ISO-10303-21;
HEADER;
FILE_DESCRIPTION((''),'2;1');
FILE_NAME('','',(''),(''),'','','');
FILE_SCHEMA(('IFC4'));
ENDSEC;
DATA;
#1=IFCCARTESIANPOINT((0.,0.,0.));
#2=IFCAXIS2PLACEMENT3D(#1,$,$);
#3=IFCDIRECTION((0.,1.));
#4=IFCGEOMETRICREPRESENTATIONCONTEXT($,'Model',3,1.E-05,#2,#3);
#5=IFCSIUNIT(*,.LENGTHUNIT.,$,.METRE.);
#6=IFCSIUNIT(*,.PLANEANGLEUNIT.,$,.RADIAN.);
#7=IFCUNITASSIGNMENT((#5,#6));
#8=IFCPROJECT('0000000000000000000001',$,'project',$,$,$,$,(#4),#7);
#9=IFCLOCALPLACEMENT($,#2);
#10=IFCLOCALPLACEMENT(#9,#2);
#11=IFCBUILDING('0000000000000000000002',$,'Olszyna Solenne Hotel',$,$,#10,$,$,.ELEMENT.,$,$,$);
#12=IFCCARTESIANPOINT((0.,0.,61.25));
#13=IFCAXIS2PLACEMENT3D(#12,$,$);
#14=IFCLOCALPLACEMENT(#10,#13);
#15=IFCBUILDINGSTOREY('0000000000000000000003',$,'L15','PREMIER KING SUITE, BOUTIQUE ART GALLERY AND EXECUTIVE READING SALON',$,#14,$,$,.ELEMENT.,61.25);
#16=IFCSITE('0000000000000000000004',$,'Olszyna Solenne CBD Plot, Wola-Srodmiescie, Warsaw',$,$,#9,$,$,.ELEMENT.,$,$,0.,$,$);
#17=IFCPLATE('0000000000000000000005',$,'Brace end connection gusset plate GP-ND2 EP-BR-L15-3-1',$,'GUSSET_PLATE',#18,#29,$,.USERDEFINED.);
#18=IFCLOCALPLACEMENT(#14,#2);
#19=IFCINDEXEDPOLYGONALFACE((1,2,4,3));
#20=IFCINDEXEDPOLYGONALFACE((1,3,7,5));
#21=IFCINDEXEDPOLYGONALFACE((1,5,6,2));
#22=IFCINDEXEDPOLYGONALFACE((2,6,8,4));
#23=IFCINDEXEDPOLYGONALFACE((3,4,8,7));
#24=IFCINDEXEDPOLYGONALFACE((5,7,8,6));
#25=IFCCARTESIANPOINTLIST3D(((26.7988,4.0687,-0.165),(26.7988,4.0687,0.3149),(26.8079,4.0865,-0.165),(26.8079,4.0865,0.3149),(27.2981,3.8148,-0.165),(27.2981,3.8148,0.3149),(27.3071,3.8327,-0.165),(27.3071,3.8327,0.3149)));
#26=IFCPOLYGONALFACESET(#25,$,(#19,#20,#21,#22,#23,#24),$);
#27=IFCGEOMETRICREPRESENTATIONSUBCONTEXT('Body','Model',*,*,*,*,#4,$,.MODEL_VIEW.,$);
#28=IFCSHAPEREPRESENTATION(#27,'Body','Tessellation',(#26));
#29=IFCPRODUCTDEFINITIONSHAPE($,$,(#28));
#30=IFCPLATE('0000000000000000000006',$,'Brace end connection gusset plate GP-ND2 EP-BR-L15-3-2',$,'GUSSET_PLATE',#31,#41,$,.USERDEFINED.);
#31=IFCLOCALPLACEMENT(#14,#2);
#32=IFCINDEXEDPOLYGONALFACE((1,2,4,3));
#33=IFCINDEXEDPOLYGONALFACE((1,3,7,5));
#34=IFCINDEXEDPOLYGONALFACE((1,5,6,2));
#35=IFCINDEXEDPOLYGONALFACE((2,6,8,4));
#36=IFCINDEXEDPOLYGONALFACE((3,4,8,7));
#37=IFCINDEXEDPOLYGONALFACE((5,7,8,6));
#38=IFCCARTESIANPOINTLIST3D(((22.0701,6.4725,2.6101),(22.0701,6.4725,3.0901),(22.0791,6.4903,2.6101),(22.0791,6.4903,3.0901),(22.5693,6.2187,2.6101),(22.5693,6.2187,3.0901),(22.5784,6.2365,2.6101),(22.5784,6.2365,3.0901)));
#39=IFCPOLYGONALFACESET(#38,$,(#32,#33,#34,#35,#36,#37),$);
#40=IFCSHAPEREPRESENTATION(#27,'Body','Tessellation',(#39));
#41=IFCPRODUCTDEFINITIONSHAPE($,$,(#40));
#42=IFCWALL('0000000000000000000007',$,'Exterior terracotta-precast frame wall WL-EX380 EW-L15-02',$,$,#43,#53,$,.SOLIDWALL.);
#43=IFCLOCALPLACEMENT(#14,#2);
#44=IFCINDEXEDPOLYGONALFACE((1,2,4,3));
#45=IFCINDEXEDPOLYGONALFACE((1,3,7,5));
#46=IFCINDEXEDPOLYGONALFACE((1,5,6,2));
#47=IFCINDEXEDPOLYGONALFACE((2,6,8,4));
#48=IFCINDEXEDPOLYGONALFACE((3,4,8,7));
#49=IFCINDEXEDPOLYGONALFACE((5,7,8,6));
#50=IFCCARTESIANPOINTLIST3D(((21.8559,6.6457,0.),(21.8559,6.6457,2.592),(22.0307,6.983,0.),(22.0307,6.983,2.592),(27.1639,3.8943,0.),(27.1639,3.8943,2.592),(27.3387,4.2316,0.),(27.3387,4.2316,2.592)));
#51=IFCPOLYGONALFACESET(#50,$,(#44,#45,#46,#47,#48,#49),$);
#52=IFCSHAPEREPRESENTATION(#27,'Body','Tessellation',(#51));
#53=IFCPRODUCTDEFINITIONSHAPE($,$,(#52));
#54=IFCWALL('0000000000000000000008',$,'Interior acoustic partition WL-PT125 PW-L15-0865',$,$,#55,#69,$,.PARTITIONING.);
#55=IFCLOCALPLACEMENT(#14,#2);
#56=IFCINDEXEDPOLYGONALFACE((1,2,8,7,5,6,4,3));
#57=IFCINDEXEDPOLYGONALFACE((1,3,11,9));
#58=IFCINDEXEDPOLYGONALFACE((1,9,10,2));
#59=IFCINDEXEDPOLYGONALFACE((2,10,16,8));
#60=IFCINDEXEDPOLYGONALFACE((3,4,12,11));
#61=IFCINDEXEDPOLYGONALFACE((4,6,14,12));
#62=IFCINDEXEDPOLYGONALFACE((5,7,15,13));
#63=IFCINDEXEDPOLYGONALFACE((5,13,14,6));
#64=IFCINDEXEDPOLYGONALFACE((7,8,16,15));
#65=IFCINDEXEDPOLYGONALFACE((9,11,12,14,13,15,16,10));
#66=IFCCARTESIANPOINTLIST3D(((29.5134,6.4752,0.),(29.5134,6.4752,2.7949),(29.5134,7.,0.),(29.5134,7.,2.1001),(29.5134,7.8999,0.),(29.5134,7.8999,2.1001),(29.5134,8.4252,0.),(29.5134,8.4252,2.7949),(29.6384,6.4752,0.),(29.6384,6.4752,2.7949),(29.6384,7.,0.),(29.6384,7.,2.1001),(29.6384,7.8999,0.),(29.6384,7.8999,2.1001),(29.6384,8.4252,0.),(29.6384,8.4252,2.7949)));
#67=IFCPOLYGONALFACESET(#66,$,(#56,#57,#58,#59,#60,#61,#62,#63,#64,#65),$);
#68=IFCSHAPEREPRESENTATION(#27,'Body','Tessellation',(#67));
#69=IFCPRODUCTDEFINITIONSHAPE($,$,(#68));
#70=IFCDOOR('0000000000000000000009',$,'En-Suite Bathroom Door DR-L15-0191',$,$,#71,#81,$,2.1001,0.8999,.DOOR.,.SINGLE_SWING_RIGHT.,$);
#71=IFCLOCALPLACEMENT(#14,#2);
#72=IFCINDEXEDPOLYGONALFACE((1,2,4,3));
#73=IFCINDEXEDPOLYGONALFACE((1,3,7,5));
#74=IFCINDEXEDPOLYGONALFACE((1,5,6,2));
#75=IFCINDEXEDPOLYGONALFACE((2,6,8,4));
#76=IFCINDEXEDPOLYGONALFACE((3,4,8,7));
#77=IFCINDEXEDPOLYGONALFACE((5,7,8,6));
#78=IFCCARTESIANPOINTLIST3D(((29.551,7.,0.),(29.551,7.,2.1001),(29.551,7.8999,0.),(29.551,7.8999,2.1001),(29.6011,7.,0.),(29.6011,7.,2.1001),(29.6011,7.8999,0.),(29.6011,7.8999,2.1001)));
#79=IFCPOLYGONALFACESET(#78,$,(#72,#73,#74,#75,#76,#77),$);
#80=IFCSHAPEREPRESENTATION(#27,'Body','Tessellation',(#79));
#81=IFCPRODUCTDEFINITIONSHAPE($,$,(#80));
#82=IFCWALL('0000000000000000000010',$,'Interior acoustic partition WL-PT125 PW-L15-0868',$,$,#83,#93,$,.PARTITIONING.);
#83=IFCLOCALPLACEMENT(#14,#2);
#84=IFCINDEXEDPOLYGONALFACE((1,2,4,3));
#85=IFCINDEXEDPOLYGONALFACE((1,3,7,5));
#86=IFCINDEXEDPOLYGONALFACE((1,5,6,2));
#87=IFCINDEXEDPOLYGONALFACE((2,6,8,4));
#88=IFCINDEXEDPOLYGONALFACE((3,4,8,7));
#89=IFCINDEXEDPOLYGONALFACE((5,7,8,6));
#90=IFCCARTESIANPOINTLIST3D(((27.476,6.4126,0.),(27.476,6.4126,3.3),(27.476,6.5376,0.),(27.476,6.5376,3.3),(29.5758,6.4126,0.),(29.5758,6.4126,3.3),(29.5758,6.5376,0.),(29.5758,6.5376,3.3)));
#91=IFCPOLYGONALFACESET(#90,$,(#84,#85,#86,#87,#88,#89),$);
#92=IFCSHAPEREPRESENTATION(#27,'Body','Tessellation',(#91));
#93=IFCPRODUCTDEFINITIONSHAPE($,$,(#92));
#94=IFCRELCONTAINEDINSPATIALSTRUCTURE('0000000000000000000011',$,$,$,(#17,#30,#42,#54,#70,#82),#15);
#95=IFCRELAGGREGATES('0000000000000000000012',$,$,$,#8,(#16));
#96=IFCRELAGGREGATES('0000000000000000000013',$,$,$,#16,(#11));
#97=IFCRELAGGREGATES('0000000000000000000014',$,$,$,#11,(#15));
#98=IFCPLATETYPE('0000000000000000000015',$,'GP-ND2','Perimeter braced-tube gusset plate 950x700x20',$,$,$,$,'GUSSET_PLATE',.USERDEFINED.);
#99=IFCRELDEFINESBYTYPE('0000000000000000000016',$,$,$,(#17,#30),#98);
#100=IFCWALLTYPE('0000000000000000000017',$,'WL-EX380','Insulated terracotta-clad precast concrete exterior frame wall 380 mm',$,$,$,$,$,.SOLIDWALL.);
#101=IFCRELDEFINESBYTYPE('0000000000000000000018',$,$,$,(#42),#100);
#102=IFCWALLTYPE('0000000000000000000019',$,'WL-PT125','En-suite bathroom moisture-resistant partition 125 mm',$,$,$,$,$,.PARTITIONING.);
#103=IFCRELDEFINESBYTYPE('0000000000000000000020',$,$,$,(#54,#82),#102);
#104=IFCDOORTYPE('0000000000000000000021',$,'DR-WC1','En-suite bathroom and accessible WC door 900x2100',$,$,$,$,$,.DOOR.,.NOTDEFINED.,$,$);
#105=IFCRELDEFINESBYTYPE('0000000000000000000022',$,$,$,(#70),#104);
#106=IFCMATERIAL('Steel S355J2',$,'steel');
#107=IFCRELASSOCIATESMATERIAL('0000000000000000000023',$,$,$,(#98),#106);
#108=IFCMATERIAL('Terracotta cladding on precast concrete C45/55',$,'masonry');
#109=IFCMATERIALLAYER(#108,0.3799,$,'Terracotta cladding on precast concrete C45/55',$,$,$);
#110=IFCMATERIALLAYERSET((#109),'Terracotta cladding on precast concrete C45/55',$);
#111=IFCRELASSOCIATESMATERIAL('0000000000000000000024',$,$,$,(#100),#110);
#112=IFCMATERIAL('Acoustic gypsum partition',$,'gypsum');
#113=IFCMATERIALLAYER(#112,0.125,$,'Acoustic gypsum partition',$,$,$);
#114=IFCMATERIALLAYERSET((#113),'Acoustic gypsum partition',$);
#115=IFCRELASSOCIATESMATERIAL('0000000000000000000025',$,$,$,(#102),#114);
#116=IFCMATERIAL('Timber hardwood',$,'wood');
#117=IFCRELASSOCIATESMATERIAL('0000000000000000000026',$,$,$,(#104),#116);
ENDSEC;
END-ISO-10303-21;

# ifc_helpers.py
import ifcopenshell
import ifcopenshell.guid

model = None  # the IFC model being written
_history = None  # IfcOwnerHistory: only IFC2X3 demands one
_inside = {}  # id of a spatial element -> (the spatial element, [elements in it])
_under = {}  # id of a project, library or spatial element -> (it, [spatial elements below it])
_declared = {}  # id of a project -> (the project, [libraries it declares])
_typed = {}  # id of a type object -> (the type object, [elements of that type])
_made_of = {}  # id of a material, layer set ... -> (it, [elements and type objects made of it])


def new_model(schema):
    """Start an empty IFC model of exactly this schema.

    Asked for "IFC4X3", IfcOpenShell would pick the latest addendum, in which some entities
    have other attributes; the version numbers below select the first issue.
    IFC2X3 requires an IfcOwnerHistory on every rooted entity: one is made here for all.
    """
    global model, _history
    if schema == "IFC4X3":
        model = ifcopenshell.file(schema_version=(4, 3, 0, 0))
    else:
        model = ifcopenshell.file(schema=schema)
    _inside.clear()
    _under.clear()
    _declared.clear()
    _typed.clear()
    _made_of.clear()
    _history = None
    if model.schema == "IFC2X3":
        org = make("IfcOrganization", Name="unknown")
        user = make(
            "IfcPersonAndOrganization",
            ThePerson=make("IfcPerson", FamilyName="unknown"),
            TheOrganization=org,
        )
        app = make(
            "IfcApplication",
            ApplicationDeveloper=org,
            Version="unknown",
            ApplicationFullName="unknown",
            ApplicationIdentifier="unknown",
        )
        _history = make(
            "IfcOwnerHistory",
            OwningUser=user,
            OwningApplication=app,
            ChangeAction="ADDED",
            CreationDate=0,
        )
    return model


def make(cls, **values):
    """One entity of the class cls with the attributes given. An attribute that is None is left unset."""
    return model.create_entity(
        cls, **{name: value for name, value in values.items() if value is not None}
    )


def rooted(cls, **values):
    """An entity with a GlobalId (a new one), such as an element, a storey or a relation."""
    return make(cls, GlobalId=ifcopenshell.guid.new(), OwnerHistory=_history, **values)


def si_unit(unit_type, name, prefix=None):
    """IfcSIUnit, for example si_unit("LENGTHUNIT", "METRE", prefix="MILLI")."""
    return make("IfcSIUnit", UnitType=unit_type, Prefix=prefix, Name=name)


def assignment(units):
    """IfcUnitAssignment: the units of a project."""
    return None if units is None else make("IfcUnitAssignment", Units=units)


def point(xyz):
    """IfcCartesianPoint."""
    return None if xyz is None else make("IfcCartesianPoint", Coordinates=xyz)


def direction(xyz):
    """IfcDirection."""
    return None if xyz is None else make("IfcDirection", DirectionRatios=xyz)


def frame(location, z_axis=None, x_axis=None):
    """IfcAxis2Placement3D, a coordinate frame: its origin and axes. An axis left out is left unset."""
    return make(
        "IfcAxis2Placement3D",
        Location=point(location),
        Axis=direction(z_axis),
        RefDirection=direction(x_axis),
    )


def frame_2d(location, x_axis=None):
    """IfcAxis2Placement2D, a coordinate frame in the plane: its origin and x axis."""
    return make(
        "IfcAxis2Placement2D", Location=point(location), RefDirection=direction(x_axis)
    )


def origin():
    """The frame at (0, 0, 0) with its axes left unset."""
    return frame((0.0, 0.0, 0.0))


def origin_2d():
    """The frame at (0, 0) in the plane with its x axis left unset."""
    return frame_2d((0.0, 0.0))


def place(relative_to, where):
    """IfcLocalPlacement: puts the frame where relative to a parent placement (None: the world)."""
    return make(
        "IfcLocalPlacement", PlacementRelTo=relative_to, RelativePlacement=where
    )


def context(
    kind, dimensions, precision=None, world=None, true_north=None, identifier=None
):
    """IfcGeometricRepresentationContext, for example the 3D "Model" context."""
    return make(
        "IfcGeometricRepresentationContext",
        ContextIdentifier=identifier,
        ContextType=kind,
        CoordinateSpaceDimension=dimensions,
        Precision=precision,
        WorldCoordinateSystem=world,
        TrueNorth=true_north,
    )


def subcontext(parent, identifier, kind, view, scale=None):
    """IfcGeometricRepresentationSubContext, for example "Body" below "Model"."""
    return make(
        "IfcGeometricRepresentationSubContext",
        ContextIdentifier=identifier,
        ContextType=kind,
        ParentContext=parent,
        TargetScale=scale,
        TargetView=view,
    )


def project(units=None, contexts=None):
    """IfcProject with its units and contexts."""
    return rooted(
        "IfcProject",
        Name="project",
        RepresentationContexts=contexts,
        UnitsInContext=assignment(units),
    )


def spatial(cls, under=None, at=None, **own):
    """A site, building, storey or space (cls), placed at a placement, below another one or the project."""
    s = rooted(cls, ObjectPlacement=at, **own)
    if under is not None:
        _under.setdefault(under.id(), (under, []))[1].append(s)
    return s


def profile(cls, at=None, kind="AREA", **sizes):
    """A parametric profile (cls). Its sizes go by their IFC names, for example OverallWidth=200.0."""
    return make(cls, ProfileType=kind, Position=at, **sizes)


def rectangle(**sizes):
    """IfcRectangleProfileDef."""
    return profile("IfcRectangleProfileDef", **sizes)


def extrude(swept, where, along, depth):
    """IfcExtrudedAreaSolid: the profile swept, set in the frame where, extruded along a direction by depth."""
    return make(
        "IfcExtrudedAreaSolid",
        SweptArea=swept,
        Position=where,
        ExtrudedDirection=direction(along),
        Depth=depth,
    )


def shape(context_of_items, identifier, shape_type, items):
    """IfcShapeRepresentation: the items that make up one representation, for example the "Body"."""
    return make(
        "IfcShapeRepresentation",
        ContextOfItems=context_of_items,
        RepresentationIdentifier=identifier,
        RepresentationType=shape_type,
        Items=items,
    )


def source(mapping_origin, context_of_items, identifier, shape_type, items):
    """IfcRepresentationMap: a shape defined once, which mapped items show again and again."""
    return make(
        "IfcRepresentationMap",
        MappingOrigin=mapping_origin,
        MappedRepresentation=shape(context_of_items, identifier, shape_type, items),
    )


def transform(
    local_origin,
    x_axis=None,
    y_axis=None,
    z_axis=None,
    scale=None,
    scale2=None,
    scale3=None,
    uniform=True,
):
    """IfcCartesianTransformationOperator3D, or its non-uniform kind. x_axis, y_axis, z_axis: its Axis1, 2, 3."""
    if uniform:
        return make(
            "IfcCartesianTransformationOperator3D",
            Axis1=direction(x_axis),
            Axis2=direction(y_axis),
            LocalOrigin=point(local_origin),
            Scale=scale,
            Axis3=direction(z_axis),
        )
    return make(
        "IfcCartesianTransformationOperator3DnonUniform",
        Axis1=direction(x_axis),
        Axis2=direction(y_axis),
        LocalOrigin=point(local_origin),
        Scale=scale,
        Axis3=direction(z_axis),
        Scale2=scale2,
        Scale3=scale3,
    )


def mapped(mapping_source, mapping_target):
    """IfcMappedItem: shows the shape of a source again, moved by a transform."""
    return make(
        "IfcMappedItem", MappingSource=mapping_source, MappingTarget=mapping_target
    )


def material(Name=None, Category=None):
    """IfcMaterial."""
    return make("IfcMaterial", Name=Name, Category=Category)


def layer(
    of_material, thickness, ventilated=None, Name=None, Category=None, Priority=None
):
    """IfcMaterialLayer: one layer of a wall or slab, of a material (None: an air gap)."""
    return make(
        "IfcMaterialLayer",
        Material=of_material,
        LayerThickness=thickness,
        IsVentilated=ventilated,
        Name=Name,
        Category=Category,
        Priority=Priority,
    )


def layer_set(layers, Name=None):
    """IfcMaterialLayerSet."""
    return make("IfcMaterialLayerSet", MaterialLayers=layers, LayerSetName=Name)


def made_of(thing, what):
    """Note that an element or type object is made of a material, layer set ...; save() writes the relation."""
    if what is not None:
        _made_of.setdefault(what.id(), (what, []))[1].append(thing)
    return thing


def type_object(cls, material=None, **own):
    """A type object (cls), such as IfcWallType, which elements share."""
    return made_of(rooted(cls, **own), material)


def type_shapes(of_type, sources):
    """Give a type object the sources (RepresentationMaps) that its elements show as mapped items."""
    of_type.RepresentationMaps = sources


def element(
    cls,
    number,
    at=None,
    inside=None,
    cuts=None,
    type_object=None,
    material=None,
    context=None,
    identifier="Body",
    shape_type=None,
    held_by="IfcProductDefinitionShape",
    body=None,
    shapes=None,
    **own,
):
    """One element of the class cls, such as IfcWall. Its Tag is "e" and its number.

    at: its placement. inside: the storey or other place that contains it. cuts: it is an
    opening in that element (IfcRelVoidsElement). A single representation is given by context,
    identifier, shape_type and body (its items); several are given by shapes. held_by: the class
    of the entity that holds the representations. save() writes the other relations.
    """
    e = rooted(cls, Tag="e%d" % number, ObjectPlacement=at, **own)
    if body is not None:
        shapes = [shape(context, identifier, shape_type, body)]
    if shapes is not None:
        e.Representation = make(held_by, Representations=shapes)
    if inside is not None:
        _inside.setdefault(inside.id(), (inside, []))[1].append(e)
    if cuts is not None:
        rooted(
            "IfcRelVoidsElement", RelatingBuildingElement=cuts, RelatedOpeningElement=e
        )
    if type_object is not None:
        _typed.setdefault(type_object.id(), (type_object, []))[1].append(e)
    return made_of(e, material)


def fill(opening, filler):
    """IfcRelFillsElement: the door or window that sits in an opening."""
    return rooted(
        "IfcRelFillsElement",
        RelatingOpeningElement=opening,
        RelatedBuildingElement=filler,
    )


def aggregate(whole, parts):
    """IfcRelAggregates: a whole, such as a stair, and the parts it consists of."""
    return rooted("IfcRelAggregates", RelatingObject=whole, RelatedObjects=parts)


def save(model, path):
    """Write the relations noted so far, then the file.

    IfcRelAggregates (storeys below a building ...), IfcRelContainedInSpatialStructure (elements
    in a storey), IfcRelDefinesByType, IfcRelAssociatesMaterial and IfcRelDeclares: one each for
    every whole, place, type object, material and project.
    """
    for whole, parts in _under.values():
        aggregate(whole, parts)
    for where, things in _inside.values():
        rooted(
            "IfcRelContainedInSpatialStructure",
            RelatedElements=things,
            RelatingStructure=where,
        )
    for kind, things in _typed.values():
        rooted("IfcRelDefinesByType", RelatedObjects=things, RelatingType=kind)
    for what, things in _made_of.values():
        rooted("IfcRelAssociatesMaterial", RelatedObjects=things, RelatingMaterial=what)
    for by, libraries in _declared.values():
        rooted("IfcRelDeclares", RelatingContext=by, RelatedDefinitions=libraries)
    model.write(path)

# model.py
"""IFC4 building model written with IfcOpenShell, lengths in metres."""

from ifc_helpers import new_model, si_unit, direction, frame, frame_2d, origin, origin_2d, place, context, subcontext, project, spatial, rectangle, extrude, source, transform, mapped, material, layer, layer_set, type_object, type_shapes, element, fill, save


model = new_model("IFC4")

# Units and contexts
model_context = context("Model", 3, precision=1e-05, world=origin(), true_north=direction((0.0, 1.0)))
body_context = subcontext(model_context, "Body", "Model", "MODEL_VIEW")
ifc_project = project(units=[si_unit("LENGTHUNIT", "METRE"), si_unit("PLANEANGLEUNIT", "RADIAN")], contexts=[model_context])

# Site, building, storey
site_placement = place(None, origin())
site = spatial("IfcSite", under=ifc_project, at=site_placement, Name="Olszyna Solenne CBD Plot, Wola-Srodmiescie, Warsaw", CompositionType="ELEMENT", RefElevation=0.0)
building_placement = place(site_placement, origin())
building = spatial("IfcBuilding", under=site, at=building_placement, Name="Olszyna Solenne Hotel", CompositionType="ELEMENT")
storey_placement = place(building_placement, frame((0.0, 0.0, 61.25)))
storey = spatial("IfcBuildingStorey", under=building, at=storey_placement, Name="L15", Description="PREMIER KING SUITE, BOUTIQUE ART GALLERY AND EXECUTIVE READING SALON", CompositionType="ELEMENT", Elevation=61.25)

# Shared definitions
ifc_material_1 = material(Name="Steel S355J2", Category="steel")

# Plates
plate_type = type_object("IfcPlateType", Name="GP-ND2", Description="Perimeter braced-tube gusset plate 950x700x20", ElementType="GUSSET_PLATE", PredefinedType="USERDEFINED", material=ifc_material_1)
shared_shape_1 = source(origin(), body_context, "Body", "SweptSolid", [
    extrude(rectangle(XDim=0.5601, YDim=0.02, at=origin_2d()), origin(), (0.0, 0.0, 1.0), 0.48),
])
for number, where, z_axis, x_axis, name in (
    (1, (27.053, 3.9507, -0.165), (0.0, 0.0, 1.0), (-0.891402, 0.453213, 0.0), "Brace end connection gusset plate GP-ND2 EP-BR-L15-3-1"),
    (2, (22.3242, 6.3545, 2.6101), (0.0, 0.0, 1.0), (-0.891402, 0.453213, 0.0), "Brace end connection gusset plate GP-ND2 EP-BR-L15-3-2"),
):
    element("IfcPlate", number, at=place(storey_placement, frame(where, z_axis=z_axis, x_axis=x_axis)), inside=storey, type_object=plate_type, Name=name, ObjectType="GUSSET_PLATE", PredefinedType="USERDEFINED", context=body_context, shape_type="MappedRepresentation", body=[
        mapped(shared_shape_1, transform((0.0, 0.0, 0.0), x_axis=(1.0, 0.0, 0.0), y_axis=(0.0, 1.0, 0.0), z_axis=(0.0, 0.0, 1.0), scale=1.0)),
    ])

# Wall
ifc_material_2 = material(Name="Terracotta cladding on precast concrete C45/55", Category="masonry")
ifc_layer_1 = layer(ifc_material_2, 0.3799, Name="Terracotta cladding on precast concrete C45/55")
ifc_layer_set_1 = layer_set([ifc_layer_1], Name="Terracotta cladding on precast concrete C45/55")
wall_type_1 = type_object("IfcWallType", Name="WL-EX380", Description="Insulated terracotta-clad precast concrete exterior frame wall 380 mm", PredefinedType="SOLIDWALL", material=ifc_layer_set_1)
wall_1_placement = place(storey_placement, frame((27.2512, 4.063, 0.0), z_axis=(0.0, 0.0, 1.0), x_axis=(-0.887815, 0.4602, 0.0)))
element("IfcWall", 3, at=wall_1_placement, inside=storey, type_object=wall_type_1, Name="Exterior terracotta-precast frame wall WL-EX380 EW-L15-02", PredefinedType="SOLIDWALL", context=body_context, shape_type="SweptSolid", body=[
    extrude(rectangle(XDim=5.9788, YDim=0.3799, at=frame_2d((2.9893, 0.0))), origin(), (0.0, 0.0, 1.0), 2.592),
])

# Wall, opening, door
ifc_material_3 = material(Name="Acoustic gypsum partition", Category="gypsum")
ifc_layer_2 = layer(ifc_material_3, 0.125, Name="Acoustic gypsum partition")
ifc_layer_set_2 = layer_set([ifc_layer_2], Name="Acoustic gypsum partition")
wall_type_2 = type_object("IfcWallType", Name="WL-PT125", Description="En-suite bathroom moisture-resistant partition 125 mm", PredefinedType="PARTITIONING", material=ifc_layer_set_2)
wall_2_placement = place(storey_placement, frame((29.5759, 6.4751, 0.0), z_axis=(0.0, 0.0, 1.0), x_axis=(0.0, 1.0, 0.0)))
wall_2 = element("IfcWall", 4, at=wall_2_placement, inside=storey, type_object=wall_type_2, Name="Interior acoustic partition WL-PT125 PW-L15-0865", PredefinedType="PARTITIONING", context=body_context, shape_type="SweptSolid", body=[
    extrude(rectangle(XDim=1.95, YDim=0.125, at=frame_2d((0.9751, 0.0))), origin(), (0.0, 0.0, 1.0), 2.7949),
])
opening_placement = place(wall_2_placement, frame((0.5249, 0.0, 0.0)))
opening = element("IfcOpeningElement", 5, at=opening_placement, cuts=wall_2, PredefinedType="OPENING", context=body_context, shape_type="SweptSolid", body=[
    extrude(rectangle(XDim=0.8999, YDim=2.1001, at=frame_2d((0.45, 1.05))), frame((0.0, 0.0725, 0.0), z_axis=(0.0, -1.0, 0.0), x_axis=(1.0, 0.0, 0.0)), (0.0, 0.0, 1.0), 0.145),
])
ifc_material_4 = material(Name="Timber hardwood", Category="wood")
door_type = type_object("IfcDoorType", Name="DR-WC1", Description="En-suite bathroom and accessible WC door 900x2100", OperationType="NOTDEFINED", PredefinedType="DOOR", material=ifc_material_4)
shared_shape_2 = source(origin(), body_context, "Body", "SweptSolid", [
    extrude(rectangle(XDim=0.8999, YDim=2.1001, at=frame_2d((0.45, 1.05))), frame((0.0, 0.0249, 0.0), z_axis=(0.0, -1.0, 0.0), x_axis=(1.0, 0.0, 0.0)), (0.0, 0.0, 1.0), 0.05),
])
type_shapes(door_type, [shared_shape_2])
door_placement = place(opening_placement, origin())
door = element("IfcDoor", 6, at=door_placement, inside=storey, type_object=door_type, Name="En-Suite Bathroom Door DR-L15-0191", OperationType="SINGLE_SWING_RIGHT", OverallHeight=2.1001, OverallWidth=0.8999, PredefinedType="DOOR", context=body_context, shape_type="MappedRepresentation", body=[
    mapped(shared_shape_2, transform((0.0, 0.0, 0.0), x_axis=(1.0, 0.0, 0.0), y_axis=(0.0, 1.0, 0.0), z_axis=(0.0, 0.0, 1.0), scale=1.0)),
])
fill(opening, door)

# Wall
wall_3_placement = place(storey_placement, frame((27.4761, 6.4751, 0.0), z_axis=(0.0, 0.0, 1.0), x_axis=(1.0, 0.0, 0.0)))
element("IfcWall", 7, at=wall_3_placement, inside=storey, type_object=wall_type_2, Name="Interior acoustic partition WL-PT125 PW-L15-0868", PredefinedType="PARTITIONING", context=body_context, shape_type="SweptSolid", body=[
    extrude(rectangle(XDim=2.0999, YDim=0.125, at=frame_2d((1.0498, 0.0))), origin(), (0.0, 0.0, 1.0), 3.3),
])

save(model, "model.ifc")
